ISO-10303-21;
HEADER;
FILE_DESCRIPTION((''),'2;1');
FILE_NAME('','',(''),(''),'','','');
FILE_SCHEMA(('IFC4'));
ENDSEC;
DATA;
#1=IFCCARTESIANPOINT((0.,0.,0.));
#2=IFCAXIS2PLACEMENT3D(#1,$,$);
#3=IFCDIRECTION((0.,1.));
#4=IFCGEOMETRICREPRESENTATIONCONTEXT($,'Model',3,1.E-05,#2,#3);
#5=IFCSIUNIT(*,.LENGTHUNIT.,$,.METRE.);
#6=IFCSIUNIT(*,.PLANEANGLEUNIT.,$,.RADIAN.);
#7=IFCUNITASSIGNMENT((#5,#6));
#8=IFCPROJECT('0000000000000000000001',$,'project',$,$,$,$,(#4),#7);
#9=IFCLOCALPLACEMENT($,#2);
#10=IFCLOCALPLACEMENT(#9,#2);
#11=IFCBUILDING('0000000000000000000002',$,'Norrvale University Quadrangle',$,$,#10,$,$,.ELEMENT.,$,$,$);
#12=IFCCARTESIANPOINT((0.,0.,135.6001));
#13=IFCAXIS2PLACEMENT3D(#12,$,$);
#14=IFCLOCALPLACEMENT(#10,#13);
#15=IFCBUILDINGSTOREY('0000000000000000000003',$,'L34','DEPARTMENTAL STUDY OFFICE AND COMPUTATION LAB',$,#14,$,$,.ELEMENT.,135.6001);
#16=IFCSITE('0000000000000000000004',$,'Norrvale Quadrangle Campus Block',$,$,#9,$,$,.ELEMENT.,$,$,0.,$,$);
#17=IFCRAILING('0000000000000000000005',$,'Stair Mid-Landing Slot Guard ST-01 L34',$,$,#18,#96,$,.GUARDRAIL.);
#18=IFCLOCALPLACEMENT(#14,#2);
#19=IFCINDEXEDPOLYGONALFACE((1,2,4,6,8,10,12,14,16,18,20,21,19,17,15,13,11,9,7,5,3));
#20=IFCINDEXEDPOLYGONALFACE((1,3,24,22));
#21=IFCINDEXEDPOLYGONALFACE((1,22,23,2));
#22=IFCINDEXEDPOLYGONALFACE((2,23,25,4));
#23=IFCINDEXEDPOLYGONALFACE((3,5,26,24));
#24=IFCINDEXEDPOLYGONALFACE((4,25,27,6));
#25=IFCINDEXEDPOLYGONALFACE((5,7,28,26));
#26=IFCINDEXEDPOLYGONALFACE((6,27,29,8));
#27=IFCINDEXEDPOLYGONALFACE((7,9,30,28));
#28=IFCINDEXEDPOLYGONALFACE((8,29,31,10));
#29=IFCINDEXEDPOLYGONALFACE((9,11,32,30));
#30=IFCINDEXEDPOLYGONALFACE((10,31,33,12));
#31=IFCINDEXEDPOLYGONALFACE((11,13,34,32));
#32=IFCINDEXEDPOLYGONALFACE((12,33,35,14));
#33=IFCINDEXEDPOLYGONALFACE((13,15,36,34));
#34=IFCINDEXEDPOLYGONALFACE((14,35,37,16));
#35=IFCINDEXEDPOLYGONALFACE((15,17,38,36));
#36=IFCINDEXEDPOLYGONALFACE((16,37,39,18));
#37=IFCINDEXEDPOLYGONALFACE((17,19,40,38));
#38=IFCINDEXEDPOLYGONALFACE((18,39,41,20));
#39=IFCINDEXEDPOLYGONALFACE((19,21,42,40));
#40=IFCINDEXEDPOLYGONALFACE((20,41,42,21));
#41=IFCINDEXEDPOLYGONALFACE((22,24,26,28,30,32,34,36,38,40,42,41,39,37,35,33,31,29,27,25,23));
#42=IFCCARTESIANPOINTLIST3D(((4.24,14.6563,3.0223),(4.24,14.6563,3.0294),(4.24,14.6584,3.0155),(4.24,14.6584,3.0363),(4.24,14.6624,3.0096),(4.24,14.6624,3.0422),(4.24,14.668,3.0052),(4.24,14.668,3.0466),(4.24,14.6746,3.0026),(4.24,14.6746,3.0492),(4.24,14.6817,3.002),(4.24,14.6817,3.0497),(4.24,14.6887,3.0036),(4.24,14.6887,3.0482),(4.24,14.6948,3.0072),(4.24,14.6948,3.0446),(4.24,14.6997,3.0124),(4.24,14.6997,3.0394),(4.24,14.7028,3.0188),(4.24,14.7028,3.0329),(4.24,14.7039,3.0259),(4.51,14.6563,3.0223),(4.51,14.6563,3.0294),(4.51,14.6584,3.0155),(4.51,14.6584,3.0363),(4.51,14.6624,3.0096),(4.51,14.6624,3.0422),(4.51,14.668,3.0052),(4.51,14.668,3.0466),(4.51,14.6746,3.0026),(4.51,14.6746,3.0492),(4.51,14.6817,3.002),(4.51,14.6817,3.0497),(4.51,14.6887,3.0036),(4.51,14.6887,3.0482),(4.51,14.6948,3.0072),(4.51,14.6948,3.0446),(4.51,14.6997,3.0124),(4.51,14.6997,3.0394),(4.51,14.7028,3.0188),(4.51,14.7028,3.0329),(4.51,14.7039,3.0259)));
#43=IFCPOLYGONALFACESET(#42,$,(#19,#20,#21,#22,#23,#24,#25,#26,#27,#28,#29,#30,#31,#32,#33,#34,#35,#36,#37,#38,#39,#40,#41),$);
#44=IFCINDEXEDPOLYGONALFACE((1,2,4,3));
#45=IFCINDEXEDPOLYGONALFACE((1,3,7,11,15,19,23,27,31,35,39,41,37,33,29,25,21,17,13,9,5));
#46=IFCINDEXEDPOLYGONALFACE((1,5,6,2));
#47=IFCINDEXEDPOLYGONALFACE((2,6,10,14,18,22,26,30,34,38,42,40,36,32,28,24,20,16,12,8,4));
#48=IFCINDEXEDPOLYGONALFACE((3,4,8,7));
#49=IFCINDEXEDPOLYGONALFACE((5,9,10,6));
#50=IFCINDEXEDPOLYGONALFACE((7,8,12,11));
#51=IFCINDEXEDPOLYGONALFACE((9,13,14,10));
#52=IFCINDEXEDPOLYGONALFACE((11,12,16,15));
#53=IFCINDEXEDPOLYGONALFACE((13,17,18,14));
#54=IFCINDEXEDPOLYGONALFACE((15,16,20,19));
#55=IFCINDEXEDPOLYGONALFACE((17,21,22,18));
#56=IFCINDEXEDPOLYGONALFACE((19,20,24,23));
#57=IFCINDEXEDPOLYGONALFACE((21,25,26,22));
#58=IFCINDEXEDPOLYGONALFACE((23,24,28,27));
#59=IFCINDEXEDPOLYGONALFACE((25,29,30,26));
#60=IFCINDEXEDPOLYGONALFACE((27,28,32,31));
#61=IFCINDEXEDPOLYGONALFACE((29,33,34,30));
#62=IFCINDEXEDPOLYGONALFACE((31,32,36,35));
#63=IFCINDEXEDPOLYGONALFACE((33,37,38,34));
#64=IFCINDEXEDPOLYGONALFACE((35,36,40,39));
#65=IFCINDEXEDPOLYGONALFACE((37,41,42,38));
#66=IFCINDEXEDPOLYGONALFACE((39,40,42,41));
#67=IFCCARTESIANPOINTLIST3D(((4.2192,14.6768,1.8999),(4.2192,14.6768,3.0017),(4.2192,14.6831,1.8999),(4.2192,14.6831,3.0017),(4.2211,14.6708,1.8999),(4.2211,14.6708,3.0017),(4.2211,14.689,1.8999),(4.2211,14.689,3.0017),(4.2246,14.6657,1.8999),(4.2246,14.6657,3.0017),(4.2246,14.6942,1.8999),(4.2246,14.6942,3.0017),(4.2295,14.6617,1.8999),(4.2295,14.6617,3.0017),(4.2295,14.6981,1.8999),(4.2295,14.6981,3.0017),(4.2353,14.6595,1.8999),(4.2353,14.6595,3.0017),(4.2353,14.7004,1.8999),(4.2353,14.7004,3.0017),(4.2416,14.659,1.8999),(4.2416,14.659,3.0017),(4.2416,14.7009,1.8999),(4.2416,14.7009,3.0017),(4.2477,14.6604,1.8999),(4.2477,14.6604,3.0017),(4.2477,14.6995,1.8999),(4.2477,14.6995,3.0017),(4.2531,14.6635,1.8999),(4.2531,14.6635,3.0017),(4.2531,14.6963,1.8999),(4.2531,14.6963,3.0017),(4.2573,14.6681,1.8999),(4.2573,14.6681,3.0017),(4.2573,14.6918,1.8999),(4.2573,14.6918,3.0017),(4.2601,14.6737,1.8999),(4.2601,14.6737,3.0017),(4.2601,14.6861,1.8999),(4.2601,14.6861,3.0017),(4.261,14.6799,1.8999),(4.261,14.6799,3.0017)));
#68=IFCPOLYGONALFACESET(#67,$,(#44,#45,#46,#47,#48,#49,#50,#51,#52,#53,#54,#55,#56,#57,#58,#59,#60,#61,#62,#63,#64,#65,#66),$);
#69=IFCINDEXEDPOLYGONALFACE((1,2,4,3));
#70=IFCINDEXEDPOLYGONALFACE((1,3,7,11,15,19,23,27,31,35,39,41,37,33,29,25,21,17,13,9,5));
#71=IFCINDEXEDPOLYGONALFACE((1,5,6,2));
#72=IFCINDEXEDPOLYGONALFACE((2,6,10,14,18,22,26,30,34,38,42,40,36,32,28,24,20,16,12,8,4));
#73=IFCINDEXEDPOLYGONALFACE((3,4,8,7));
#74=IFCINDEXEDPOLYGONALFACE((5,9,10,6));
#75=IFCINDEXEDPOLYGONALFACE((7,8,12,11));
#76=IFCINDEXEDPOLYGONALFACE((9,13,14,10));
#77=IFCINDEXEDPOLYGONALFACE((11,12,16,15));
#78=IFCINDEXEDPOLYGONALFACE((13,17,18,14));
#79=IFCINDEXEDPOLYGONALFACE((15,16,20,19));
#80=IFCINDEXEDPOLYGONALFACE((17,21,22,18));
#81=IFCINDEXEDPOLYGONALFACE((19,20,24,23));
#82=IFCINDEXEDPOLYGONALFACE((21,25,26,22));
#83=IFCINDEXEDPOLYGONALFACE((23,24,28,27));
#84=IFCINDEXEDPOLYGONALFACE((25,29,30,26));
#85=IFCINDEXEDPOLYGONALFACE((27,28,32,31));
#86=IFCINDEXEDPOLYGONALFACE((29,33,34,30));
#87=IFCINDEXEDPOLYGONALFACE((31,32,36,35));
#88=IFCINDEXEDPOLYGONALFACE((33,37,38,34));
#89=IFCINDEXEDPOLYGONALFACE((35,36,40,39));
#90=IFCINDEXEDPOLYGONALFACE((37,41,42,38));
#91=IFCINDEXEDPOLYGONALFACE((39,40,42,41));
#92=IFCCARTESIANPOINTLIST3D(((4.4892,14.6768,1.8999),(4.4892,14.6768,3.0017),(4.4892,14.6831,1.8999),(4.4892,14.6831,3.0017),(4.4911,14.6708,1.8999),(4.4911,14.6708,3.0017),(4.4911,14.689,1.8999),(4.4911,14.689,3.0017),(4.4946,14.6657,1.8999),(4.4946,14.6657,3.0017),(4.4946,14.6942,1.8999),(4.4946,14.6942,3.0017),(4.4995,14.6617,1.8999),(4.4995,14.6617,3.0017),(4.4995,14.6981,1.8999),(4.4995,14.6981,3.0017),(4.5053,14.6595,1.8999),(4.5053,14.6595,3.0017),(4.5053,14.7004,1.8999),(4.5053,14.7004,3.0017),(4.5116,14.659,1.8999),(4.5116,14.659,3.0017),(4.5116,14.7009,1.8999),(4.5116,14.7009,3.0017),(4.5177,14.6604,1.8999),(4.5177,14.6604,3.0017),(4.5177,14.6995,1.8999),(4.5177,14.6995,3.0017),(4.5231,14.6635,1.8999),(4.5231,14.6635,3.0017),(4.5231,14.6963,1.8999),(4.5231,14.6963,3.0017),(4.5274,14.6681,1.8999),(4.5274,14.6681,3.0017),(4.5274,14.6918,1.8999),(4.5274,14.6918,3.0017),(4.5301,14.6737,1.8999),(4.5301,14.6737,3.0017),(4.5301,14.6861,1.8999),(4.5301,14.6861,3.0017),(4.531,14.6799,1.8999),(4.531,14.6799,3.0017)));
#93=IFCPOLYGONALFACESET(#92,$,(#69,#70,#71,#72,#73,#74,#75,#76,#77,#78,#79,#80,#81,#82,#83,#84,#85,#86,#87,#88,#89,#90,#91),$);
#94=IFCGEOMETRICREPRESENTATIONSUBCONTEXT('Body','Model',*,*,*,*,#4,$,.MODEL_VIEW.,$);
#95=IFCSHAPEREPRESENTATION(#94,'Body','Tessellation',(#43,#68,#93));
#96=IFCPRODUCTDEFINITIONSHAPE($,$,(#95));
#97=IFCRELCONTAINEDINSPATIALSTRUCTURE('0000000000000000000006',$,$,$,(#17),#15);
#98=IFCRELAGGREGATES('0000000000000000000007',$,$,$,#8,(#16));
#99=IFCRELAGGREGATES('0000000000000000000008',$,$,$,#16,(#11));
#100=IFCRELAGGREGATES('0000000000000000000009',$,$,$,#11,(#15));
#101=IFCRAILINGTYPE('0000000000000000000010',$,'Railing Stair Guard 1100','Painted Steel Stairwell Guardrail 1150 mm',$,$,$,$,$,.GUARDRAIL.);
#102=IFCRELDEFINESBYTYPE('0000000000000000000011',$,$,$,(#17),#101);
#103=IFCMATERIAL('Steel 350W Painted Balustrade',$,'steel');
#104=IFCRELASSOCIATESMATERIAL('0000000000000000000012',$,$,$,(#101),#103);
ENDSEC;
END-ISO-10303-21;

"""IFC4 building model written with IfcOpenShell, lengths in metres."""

from ifc_helpers import new_model, si_unit, direction, frame, origin, origin_2d, place, context, subcontext, project, spatial, circle, extrude, material, type_object, element, save


model = new_model("IFC4")

# Units and contexts
model_context = context("Model", 3, precision=1e-05, world=origin(), true_north=direction((0.0, 1.0)))
body_context = subcontext(model_context, "Body", "Model", "MODEL_VIEW")
ifc_project = project(units=[si_unit("LENGTHUNIT", "METRE"), si_unit("PLANEANGLEUNIT", "RADIAN")], contexts=[model_context])

# Site, building, storey
site_placement = place(None, origin())
site = spatial("IfcSite", under=ifc_project, at=site_placement, Name="Norrvale Quadrangle Campus Block", CompositionType="ELEMENT", RefElevation=0.0)
building_placement = place(site_placement, origin())
building = spatial("IfcBuilding", under=site, at=building_placement, Name="Norrvale University Quadrangle", CompositionType="ELEMENT")
storey_placement = place(building_placement, frame((0.0, 0.0, 135.6001)))
storey = spatial("IfcBuildingStorey", under=building, at=storey_placement, Name="L34", Description="DEPARTMENTAL STUDY OFFICE AND COMPUTATION LAB", CompositionType="ELEMENT", Elevation=135.6001)

# Railing
ifc_material_1 = material(Name="Steel 350W Painted Balustrade", Category="steel")
railing_type_1 = type_object("IfcRailingType", Name="Railing Stair Guard 1100", Description="Painted Steel Stairwell Guardrail 1150 mm", PredefinedType="GUARDRAIL", material=ifc_material_1)
for number, where, name in (
    (1, (4.24, 14.6799, 1.8999), "Stair Mid-Landing Slot Guard ST-01 L34"),
):
    element("IfcRailing", number, at=place(storey_placement, frame(where)), inside=storey, type_object=railing_type_1, Name=name, PredefinedType="GUARDRAIL", context=body_context, shape_type="SweptSolid", body=[
        extrude(circle(Radius=0.0239, at=origin_2d()), frame((0.0, 0.0, 1.126), z_axis=(1.0, 0.0, 0.0), x_axis=(0.0, 1.0, 0.0)), (0.0, 0.0, 1.0), 0.27),
        extrude(circle(Radius=0.021, at=origin_2d()), origin(), (0.0, 0.0, 1.0), 1.1018),
        extrude(circle(Radius=0.021, at=origin_2d()), frame((0.27, 0.0, 0.0)), (0.0, 0.0, 1.0), 1.1018),
    ])

save(model, "model.ifc")
